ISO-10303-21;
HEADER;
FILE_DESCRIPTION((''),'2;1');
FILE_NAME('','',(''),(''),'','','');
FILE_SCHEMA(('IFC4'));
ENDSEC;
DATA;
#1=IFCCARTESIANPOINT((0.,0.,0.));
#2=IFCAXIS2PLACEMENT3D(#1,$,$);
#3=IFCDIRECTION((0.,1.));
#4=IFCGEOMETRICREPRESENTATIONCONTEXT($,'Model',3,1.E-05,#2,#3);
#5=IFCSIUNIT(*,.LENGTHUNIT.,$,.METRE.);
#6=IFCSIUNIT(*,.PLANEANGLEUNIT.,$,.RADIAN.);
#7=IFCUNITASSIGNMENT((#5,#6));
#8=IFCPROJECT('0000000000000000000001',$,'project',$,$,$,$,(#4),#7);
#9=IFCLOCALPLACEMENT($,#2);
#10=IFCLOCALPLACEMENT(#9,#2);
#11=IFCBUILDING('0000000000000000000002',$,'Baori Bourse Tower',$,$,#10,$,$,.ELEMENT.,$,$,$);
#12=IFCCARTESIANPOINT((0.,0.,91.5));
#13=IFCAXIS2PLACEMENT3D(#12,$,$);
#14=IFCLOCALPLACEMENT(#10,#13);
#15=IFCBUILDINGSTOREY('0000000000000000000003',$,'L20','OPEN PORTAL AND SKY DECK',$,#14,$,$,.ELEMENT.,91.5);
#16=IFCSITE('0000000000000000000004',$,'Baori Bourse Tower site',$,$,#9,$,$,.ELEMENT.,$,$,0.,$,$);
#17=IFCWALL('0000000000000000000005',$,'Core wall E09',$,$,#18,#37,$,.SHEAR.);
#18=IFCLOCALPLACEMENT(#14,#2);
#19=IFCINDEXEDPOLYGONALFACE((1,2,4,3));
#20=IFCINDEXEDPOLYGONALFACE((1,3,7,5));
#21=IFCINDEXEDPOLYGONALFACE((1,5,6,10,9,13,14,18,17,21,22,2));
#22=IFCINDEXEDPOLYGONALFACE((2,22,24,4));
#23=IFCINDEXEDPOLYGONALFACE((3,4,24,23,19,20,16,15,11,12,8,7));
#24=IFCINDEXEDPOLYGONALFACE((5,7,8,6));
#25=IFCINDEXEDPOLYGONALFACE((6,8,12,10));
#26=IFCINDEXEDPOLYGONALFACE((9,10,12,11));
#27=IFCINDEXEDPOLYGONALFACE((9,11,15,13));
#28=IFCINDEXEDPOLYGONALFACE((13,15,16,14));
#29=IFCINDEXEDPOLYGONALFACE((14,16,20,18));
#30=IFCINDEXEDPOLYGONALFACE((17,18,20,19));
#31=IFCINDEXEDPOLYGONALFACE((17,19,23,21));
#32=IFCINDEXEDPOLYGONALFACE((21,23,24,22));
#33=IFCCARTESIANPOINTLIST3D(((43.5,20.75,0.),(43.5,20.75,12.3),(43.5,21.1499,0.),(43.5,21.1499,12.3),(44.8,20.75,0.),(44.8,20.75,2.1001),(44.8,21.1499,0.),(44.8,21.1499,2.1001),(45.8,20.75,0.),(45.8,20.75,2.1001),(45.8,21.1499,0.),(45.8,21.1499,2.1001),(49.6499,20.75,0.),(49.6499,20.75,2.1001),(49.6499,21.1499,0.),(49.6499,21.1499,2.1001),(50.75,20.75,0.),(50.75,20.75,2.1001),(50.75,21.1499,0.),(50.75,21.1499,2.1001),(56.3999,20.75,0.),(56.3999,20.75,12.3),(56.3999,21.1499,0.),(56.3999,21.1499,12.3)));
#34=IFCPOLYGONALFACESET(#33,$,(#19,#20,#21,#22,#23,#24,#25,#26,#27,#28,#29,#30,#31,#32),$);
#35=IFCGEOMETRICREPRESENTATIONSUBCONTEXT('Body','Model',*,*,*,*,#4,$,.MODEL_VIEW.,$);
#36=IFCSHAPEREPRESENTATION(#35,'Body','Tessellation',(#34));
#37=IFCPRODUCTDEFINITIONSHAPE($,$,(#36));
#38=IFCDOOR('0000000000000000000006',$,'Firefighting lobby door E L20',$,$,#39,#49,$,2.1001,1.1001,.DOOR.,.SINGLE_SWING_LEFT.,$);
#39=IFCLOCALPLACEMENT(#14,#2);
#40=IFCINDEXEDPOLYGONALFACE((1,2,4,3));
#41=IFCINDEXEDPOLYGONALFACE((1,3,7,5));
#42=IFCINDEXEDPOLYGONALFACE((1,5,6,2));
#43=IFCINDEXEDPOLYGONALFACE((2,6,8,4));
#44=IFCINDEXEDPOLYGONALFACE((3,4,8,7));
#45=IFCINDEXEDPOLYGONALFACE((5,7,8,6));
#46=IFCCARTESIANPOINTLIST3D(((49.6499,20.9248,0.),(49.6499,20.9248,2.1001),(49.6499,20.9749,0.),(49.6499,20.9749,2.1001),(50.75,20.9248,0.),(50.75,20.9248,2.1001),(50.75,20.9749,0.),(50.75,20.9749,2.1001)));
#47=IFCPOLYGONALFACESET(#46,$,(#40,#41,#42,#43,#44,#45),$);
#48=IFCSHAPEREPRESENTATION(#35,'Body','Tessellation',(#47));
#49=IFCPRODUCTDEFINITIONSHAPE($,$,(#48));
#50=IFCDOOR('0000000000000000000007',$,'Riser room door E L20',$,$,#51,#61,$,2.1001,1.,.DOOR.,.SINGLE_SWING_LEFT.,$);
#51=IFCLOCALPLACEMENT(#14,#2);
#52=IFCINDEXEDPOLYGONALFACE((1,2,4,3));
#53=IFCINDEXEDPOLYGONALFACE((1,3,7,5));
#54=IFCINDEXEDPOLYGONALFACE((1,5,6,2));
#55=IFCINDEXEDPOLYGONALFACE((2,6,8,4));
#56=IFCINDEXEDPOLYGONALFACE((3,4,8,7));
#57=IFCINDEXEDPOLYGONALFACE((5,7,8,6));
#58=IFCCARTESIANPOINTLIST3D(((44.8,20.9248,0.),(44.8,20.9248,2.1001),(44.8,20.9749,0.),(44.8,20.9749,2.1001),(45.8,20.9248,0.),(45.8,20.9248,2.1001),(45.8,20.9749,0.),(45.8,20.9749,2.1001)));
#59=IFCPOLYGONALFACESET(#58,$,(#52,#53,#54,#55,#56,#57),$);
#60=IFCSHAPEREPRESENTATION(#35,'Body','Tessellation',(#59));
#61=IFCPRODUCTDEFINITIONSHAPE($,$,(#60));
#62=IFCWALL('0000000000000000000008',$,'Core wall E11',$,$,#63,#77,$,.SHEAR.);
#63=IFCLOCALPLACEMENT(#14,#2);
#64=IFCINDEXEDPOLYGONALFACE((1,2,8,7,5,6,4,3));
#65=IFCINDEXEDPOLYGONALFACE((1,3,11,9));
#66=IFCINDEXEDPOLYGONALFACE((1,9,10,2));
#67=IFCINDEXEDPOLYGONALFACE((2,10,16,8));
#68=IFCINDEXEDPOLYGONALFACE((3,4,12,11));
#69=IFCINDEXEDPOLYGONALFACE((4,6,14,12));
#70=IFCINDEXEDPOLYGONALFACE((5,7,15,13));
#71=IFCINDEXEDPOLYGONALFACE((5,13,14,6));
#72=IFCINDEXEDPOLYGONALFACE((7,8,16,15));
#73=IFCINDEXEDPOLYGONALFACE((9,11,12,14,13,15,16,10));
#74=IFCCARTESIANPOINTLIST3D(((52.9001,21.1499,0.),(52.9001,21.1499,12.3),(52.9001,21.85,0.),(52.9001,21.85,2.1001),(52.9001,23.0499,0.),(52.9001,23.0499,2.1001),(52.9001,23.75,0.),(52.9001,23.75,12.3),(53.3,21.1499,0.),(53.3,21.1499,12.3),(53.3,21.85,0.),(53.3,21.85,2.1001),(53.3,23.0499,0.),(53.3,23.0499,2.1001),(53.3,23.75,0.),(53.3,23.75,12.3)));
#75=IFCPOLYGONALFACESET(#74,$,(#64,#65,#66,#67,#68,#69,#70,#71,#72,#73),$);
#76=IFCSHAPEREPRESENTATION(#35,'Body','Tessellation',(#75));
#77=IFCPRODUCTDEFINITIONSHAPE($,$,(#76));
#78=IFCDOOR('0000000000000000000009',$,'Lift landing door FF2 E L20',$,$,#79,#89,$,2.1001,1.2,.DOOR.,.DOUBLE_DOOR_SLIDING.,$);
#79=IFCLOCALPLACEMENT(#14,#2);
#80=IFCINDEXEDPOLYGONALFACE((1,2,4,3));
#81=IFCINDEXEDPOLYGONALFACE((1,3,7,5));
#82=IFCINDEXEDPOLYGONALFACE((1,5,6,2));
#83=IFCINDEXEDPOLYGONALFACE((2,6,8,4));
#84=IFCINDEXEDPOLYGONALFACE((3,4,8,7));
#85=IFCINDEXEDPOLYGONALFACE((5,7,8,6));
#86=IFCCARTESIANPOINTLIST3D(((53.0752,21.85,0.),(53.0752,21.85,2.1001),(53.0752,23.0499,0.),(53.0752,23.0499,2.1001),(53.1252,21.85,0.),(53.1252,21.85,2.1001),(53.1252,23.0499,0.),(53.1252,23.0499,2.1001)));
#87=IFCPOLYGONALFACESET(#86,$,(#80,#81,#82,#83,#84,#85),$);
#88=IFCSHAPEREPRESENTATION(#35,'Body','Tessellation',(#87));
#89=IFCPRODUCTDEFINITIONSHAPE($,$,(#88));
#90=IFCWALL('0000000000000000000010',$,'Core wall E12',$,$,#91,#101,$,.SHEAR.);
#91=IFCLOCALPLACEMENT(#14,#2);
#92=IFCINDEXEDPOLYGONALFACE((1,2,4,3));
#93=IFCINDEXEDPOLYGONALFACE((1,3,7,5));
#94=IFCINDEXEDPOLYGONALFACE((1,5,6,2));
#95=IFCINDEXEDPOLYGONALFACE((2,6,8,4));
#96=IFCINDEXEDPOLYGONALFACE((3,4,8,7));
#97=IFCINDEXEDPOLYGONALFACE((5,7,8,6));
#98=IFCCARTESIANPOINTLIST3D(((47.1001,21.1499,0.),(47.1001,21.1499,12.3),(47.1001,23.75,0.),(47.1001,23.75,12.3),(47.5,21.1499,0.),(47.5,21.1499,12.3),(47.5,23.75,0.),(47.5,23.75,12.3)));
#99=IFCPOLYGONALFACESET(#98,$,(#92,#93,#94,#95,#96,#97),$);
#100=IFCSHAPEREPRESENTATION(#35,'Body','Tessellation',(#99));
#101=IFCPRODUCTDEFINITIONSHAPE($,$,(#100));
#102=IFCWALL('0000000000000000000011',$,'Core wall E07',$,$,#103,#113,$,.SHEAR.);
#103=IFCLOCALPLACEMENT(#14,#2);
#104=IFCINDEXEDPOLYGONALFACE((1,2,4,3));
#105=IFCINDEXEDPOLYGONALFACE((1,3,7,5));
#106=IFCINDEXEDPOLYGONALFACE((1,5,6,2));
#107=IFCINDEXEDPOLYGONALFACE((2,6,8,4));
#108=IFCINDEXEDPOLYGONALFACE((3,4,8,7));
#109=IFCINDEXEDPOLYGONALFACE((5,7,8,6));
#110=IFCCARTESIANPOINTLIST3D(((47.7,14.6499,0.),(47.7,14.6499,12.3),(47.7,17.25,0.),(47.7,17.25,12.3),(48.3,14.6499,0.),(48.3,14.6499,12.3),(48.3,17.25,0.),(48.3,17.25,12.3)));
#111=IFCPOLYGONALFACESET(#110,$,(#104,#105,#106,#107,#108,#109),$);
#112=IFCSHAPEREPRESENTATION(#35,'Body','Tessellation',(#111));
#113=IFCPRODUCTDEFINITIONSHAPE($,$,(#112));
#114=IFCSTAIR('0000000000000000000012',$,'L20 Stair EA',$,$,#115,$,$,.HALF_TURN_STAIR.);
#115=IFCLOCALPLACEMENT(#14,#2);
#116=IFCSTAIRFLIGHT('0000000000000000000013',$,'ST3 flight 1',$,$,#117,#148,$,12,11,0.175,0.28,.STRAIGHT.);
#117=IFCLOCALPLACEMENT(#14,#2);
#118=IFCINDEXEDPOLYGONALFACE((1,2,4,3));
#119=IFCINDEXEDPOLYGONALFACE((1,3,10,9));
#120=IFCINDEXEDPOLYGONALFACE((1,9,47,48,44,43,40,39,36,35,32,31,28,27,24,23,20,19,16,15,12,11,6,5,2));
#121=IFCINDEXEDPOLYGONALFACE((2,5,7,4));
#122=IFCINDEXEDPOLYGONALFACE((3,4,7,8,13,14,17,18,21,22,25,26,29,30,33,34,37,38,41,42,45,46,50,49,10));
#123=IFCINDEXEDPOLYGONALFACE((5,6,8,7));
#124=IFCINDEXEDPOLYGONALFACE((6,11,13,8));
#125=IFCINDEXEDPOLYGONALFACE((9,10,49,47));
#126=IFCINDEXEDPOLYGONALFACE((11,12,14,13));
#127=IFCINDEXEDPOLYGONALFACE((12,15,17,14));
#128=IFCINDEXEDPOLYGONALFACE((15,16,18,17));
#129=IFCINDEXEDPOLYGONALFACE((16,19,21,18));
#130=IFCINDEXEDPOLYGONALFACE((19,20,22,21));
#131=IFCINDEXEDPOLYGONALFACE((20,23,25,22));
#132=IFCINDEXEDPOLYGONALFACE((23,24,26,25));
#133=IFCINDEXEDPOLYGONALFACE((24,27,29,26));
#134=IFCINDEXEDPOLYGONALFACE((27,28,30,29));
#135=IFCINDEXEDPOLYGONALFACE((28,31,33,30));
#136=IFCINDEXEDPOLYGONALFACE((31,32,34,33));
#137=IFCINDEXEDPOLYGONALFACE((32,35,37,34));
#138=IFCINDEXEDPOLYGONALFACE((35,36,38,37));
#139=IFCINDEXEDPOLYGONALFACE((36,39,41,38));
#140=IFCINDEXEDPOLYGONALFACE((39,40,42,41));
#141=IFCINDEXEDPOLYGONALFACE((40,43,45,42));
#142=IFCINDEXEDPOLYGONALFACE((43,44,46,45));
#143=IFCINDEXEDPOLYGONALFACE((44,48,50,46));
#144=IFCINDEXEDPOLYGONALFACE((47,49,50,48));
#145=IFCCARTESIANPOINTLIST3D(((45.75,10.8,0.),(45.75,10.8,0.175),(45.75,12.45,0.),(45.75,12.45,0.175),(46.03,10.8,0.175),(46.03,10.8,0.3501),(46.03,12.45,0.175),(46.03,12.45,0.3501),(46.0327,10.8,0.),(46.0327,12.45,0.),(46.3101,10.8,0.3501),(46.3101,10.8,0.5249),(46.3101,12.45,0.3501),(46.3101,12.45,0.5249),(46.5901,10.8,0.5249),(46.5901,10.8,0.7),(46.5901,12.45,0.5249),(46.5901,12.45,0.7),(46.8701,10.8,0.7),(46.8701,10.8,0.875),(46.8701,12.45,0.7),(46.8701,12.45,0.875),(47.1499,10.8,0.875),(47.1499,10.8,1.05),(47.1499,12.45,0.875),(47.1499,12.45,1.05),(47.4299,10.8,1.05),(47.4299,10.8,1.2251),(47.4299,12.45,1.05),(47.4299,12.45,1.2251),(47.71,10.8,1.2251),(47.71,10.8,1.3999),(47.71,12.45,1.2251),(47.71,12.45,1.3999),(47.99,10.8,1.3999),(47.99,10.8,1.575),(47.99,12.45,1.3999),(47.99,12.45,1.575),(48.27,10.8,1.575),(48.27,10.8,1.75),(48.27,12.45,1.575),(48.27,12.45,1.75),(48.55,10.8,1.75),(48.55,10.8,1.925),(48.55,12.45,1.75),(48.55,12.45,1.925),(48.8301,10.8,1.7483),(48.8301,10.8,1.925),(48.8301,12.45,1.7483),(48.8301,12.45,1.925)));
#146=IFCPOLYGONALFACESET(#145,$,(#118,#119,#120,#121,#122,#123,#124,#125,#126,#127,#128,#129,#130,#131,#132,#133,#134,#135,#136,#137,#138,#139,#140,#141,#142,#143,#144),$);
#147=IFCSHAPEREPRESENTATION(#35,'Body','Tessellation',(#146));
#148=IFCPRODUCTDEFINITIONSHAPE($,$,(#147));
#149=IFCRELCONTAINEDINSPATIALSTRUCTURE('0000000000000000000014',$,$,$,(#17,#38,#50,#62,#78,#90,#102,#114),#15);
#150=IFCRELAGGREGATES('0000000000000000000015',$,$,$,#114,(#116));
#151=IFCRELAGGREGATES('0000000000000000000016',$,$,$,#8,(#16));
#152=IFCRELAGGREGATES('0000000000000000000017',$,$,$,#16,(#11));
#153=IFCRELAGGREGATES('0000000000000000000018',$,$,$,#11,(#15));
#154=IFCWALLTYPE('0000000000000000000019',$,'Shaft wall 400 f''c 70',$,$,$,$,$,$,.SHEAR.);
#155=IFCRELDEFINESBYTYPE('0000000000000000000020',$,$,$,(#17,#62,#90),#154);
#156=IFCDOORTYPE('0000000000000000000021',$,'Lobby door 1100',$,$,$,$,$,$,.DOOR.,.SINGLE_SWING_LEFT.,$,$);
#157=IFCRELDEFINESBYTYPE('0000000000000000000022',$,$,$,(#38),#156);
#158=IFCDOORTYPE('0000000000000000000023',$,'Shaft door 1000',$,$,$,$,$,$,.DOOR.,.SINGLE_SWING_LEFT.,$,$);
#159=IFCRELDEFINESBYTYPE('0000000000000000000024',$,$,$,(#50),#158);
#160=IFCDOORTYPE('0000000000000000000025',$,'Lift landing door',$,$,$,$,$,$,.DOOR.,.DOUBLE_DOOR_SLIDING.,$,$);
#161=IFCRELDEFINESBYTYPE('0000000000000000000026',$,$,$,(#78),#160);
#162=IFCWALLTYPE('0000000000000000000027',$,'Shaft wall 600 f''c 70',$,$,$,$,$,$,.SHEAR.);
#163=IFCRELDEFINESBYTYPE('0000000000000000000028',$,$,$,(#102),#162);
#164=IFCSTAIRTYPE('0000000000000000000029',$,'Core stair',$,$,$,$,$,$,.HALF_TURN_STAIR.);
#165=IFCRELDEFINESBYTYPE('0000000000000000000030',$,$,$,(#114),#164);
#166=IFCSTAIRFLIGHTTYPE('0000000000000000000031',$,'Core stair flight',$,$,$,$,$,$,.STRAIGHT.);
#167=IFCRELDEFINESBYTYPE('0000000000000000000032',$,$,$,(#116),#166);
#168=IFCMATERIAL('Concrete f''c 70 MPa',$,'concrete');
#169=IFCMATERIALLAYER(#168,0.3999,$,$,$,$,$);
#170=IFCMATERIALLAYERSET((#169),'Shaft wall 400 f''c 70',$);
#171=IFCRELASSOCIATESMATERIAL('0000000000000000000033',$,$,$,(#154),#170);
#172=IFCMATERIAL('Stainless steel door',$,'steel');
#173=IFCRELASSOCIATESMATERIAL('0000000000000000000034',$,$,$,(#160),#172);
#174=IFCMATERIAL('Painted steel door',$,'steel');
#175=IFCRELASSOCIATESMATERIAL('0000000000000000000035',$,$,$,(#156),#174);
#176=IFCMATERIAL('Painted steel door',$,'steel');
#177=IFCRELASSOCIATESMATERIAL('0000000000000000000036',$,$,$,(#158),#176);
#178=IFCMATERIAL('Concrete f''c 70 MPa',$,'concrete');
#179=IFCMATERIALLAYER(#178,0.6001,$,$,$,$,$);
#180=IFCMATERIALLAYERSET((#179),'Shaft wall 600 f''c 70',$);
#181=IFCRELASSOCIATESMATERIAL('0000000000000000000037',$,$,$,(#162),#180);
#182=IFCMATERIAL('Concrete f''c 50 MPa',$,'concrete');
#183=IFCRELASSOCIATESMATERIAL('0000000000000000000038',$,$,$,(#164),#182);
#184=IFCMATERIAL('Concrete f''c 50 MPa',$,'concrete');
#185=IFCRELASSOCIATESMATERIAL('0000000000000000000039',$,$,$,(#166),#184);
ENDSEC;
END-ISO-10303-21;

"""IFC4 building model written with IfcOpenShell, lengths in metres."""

from ifc_helpers import new_model, si_unit, direction, frame, frame_2d, origin, place, context, subcontext, project, spatial, polyline, rectangle, outline, extrude, material, layer, layer_set, type_object, element, fill, aggregate, save


model = new_model("IFC4")

# Units and contexts
model_context = context("Model", 3, precision=1e-05, world=origin(), true_north=direction((0.0, 1.0)))
body_context = subcontext(model_context, "Body", "Model", "MODEL_VIEW")
ifc_project = project(units=[si_unit("LENGTHUNIT", "METRE"), si_unit("PLANEANGLEUNIT", "RADIAN")], contexts=[model_context])

# Site, building, storey
site_placement = place(None, origin())
site = spatial("IfcSite", under=ifc_project, at=site_placement, Name="Baori Bourse Tower site", CompositionType="ELEMENT", RefElevation=0.0)
building_placement = place(site_placement, origin())
building = spatial("IfcBuilding", under=site, at=building_placement, Name="Baori Bourse Tower", CompositionType="ELEMENT")
storey_placement = place(building_placement, frame((0.0, 0.0, 91.5)))
storey = spatial("IfcBuildingStorey", under=building, at=storey_placement, Name="L20", Description="OPEN PORTAL AND SKY DECK", CompositionType="ELEMENT", Elevation=91.5)

# Shared definitions
ifc_material_1 = material(Name="Concrete f'c 70 MPa", Category="concrete")
ifc_layer_1 = layer(ifc_material_1, 0.3999)
ifc_layer_set_1 = layer_set([ifc_layer_1], Name="Shaft wall 400 f'c 70")
wall_type_1 = type_object("IfcWallType", Name="Shaft wall 400 f'c 70", PredefinedType="SHEAR", material=ifc_layer_set_1)

# Wall, openings, doors
ifc_material_2 = material(Name="Stainless steel door", Category="steel")
door_type_1 = type_object("IfcDoorType", Name="Lift landing door", OperationType="DOUBLE_DOOR_SLIDING", PredefinedType="DOOR", material=ifc_material_2)
wall_1_placement = place(storey_placement, frame((43.5, 20.95, 0.0), z_axis=(0.0, 0.0, 1.0), x_axis=(1.0, 0.0, 0.0)))
wall_1 = element("IfcWall", 1, at=wall_1_placement, inside=storey, type_object=wall_type_1, Name="Core wall E09", PredefinedType="SHEAR", context=body_context, shape_type="SweptSolid", body=[
    extrude(rectangle(XDim=12.8999, YDim=0.3999, at=frame_2d((6.45, 0.0))), origin(), (0.0, 0.0, 1.0), 12.3),
])
opening_1_placement = place(wall_1_placement, frame((6.1499, 0.0, 0.0)))
opening_1 = element("IfcOpeningElement", 2, at=opening_1_placement, cuts=wall_1, PredefinedType="OPENING", context=body_context, shape_type="SweptSolid", body=[
    extrude(rectangle(XDim=1.1001, YDim=2.1001, at=frame_2d((0.55, 1.05))), frame((0.0, 0.21, 0.0), z_axis=(0.0, -1.0, 0.0), x_axis=(1.0, 0.0, 0.0)), (0.0, 0.0, 1.0), 0.4199),
])
opening_2_placement = place(wall_1_placement, frame((1.3, 0.0, 0.0)))
opening_2 = element("IfcOpeningElement", 3, at=opening_2_placement, cuts=wall_1, PredefinedType="OPENING", context=body_context, shape_type="SweptSolid", body=[
    extrude(rectangle(XDim=1.0, YDim=2.1001, at=frame_2d((0.5, 1.05))), frame((0.0, 0.21, 0.0), z_axis=(0.0, -1.0, 0.0), x_axis=(1.0, 0.0, 0.0)), (0.0, 0.0, 1.0), 0.4199),
])
ifc_material_3 = material(Name="Painted steel door", Category="steel")
door_type_2 = type_object("IfcDoorType", Name="Lobby door 1100", OperationType="SINGLE_SWING_LEFT", PredefinedType="DOOR", material=ifc_material_3)
door_1_placement = place(opening_1_placement, origin())
door_1 = element("IfcDoor", 4, at=door_1_placement, inside=storey, type_object=door_type_2, Name="Firefighting lobby door E L20", OperationType="SINGLE_SWING_LEFT", OverallHeight=2.1001, OverallWidth=1.1001, PredefinedType="DOOR", context=body_context, shape_type="SweptSolid", body=[
    extrude(rectangle(XDim=1.1001, YDim=2.1001, at=frame_2d((0.55, 1.05))), frame((0.0, 0.0249, 0.0), z_axis=(0.0, -1.0, 0.0), x_axis=(1.0, 0.0, 0.0)), (0.0, 0.0, 1.0), 0.05),
])
fill(opening_1, door_1)
ifc_material_4 = material(Name="Painted steel door", Category="steel")
door_type_3 = type_object("IfcDoorType", Name="Shaft door 1000", OperationType="SINGLE_SWING_LEFT", PredefinedType="DOOR", material=ifc_material_4)
door_2_placement = place(opening_2_placement, origin())
door_2 = element("IfcDoor", 5, at=door_2_placement, inside=storey, type_object=door_type_3, Name="Riser room door E L20", OperationType="SINGLE_SWING_LEFT", OverallHeight=2.1001, OverallWidth=1.0, PredefinedType="DOOR", context=body_context, shape_type="SweptSolid", body=[
    extrude(rectangle(XDim=1.0, YDim=2.1001, at=frame_2d((0.5, 1.05))), frame((0.0, 0.0249, 0.0), z_axis=(0.0, -1.0, 0.0), x_axis=(1.0, 0.0, 0.0)), (0.0, 0.0, 1.0), 0.05),
])
fill(opening_2, door_2)

# Wall, opening, door
wall_2_placement = place(storey_placement, frame((53.1001, 21.1499, 0.0), z_axis=(0.0, 0.0, 1.0), x_axis=(0.0, 1.0, 0.0)))
wall_2 = element("IfcWall", 6, at=wall_2_placement, inside=storey, type_object=wall_type_1, Name="Core wall E11", PredefinedType="SHEAR", context=body_context, shape_type="SweptSolid", body=[
    extrude(rectangle(XDim=2.6001, YDim=0.3999, at=frame_2d((1.3, 0.0))), origin(), (0.0, 0.0, 1.0), 12.3),
])
opening_3_placement = place(wall_2_placement, frame((0.7, 0.0, 0.0)))
opening_3 = element("IfcOpeningElement", 7, at=opening_3_placement, cuts=wall_2, PredefinedType="OPENING", context=body_context, shape_type="SweptSolid", body=[
    extrude(rectangle(XDim=1.2, YDim=2.1001, at=frame_2d((0.6001, 1.05))), frame((0.0, 0.21, 0.0), z_axis=(0.0, -1.0, 0.0), x_axis=(1.0, 0.0, 0.0)), (0.0, 0.0, 1.0), 0.4199),
])
door_3_placement = place(opening_3_placement, origin())
door_3 = element("IfcDoor", 8, at=door_3_placement, inside=storey, type_object=door_type_1, Name="Lift landing door FF2 E L20", OperationType="DOUBLE_DOOR_SLIDING", OverallHeight=2.1001, OverallWidth=1.2, PredefinedType="DOOR", context=body_context, shape_type="SweptSolid", body=[
    extrude(rectangle(XDim=1.2, YDim=2.1001, at=frame_2d((0.6001, 1.05))), frame((0.0, 0.0249, 0.0), z_axis=(0.0, -1.0, 0.0), x_axis=(1.0, 0.0, 0.0)), (0.0, 0.0, 1.0), 0.05),
])
fill(opening_3, door_3)

# Walls
wall_3_placement = place(storey_placement, frame((47.3, 21.1499, 0.0), z_axis=(0.0, 0.0, 1.0), x_axis=(0.0, 1.0, 0.0)))
element("IfcWall", 9, at=wall_3_placement, inside=storey, type_object=wall_type_1, Name="Core wall E12", PredefinedType="SHEAR", context=body_context, shape_type="SweptSolid", body=[
    extrude(rectangle(XDim=2.6001, YDim=0.3999, at=frame_2d((1.3, 0.0))), origin(), (0.0, 0.0, 1.0), 12.3),
])
ifc_material_5 = material(Name="Concrete f'c 70 MPa", Category="concrete")
ifc_layer_2 = layer(ifc_material_5, 0.6001)
ifc_layer_set_2 = layer_set([ifc_layer_2], Name="Shaft wall 600 f'c 70")
wall_type_2 = type_object("IfcWallType", Name="Shaft wall 600 f'c 70", PredefinedType="SHEAR", material=ifc_layer_set_2)
wall_4_placement = place(storey_placement, frame((48.0, 14.6499, 0.0), z_axis=(0.0, 0.0, 1.0), x_axis=(0.0, 1.0, 0.0)))
element("IfcWall", 10, at=wall_4_placement, inside=storey, type_object=wall_type_2, Name="Core wall E07", PredefinedType="SHEAR", context=body_context, shape_type="SweptSolid", body=[
    extrude(rectangle(XDim=2.6001, YDim=0.6001, at=frame_2d((1.3, 0.0))), origin(), (0.0, 0.0, 1.0), 12.3),
])

# Stair, stair flight
ifc_material_6 = material(Name="Concrete f'c 50 MPa", Category="concrete")
stair_type = type_object("IfcStairType", Name="Core stair", PredefinedType="HALF_TURN_STAIR", material=ifc_material_6)
stair_placement = place(storey_placement, origin())
stair = element("IfcStair", 11, at=stair_placement, inside=storey, type_object=stair_type, Name="L20 Stair EA", PredefinedType="HALF_TURN_STAIR")
ifc_material_7 = material(Name="Concrete f'c 50 MPa", Category="concrete")
stair_flight_type = type_object("IfcStairFlightType", Name="Core stair flight", PredefinedType="STRAIGHT", material=ifc_material_7)
stair_flight_1_placement = place(storey_placement, frame((45.75, 11.625, 0.0), z_axis=(0.0, 0.0, 1.0), x_axis=(1.0, 0.0, 0.0)))
stair_flight_1 = element("IfcStairFlight", 12, at=stair_flight_1_placement, type_object=stair_flight_type, Name="ST3 flight 1", NumberOfRisers=12, NumberOfTreads=11, PredefinedType="STRAIGHT", RiserHeight=0.175, TreadLength=0.28, context=body_context, shape_type="SweptSolid", body=[
    extrude(outline(polyline([(0.0, 0.0), (0.0, 0.175), (0.28, 0.175), (0.28, 0.3501), (0.5601, 0.3501), (0.5601, 0.5249), (0.8401, 0.5249), (0.8401, 0.7), (1.1201, 0.7), (1.1201, 0.875), (1.3999, 0.875), (1.3999, 1.05), (1.6799, 1.05), (1.6799, 1.2251), (1.96, 1.2251), (1.96, 1.3999), (2.24, 1.3999), (2.24, 1.575), (2.52, 1.575), (2.52, 1.75), (2.8, 1.75), (2.8, 1.925), (3.0801, 1.925), (3.0801, 2.1001), (3.0801, 1.7483), (0.2827, 0.0), (0.0, 0.0)])), frame((0.0, 0.825, 0.0), z_axis=(0.0, -1.0, 0.0), x_axis=(1.0, 0.0, 0.0)), (0.0, 0.0, 1.0), 1.6499),
])
aggregate(stair, [stair_flight_1])

save(model, "model.ifc")
